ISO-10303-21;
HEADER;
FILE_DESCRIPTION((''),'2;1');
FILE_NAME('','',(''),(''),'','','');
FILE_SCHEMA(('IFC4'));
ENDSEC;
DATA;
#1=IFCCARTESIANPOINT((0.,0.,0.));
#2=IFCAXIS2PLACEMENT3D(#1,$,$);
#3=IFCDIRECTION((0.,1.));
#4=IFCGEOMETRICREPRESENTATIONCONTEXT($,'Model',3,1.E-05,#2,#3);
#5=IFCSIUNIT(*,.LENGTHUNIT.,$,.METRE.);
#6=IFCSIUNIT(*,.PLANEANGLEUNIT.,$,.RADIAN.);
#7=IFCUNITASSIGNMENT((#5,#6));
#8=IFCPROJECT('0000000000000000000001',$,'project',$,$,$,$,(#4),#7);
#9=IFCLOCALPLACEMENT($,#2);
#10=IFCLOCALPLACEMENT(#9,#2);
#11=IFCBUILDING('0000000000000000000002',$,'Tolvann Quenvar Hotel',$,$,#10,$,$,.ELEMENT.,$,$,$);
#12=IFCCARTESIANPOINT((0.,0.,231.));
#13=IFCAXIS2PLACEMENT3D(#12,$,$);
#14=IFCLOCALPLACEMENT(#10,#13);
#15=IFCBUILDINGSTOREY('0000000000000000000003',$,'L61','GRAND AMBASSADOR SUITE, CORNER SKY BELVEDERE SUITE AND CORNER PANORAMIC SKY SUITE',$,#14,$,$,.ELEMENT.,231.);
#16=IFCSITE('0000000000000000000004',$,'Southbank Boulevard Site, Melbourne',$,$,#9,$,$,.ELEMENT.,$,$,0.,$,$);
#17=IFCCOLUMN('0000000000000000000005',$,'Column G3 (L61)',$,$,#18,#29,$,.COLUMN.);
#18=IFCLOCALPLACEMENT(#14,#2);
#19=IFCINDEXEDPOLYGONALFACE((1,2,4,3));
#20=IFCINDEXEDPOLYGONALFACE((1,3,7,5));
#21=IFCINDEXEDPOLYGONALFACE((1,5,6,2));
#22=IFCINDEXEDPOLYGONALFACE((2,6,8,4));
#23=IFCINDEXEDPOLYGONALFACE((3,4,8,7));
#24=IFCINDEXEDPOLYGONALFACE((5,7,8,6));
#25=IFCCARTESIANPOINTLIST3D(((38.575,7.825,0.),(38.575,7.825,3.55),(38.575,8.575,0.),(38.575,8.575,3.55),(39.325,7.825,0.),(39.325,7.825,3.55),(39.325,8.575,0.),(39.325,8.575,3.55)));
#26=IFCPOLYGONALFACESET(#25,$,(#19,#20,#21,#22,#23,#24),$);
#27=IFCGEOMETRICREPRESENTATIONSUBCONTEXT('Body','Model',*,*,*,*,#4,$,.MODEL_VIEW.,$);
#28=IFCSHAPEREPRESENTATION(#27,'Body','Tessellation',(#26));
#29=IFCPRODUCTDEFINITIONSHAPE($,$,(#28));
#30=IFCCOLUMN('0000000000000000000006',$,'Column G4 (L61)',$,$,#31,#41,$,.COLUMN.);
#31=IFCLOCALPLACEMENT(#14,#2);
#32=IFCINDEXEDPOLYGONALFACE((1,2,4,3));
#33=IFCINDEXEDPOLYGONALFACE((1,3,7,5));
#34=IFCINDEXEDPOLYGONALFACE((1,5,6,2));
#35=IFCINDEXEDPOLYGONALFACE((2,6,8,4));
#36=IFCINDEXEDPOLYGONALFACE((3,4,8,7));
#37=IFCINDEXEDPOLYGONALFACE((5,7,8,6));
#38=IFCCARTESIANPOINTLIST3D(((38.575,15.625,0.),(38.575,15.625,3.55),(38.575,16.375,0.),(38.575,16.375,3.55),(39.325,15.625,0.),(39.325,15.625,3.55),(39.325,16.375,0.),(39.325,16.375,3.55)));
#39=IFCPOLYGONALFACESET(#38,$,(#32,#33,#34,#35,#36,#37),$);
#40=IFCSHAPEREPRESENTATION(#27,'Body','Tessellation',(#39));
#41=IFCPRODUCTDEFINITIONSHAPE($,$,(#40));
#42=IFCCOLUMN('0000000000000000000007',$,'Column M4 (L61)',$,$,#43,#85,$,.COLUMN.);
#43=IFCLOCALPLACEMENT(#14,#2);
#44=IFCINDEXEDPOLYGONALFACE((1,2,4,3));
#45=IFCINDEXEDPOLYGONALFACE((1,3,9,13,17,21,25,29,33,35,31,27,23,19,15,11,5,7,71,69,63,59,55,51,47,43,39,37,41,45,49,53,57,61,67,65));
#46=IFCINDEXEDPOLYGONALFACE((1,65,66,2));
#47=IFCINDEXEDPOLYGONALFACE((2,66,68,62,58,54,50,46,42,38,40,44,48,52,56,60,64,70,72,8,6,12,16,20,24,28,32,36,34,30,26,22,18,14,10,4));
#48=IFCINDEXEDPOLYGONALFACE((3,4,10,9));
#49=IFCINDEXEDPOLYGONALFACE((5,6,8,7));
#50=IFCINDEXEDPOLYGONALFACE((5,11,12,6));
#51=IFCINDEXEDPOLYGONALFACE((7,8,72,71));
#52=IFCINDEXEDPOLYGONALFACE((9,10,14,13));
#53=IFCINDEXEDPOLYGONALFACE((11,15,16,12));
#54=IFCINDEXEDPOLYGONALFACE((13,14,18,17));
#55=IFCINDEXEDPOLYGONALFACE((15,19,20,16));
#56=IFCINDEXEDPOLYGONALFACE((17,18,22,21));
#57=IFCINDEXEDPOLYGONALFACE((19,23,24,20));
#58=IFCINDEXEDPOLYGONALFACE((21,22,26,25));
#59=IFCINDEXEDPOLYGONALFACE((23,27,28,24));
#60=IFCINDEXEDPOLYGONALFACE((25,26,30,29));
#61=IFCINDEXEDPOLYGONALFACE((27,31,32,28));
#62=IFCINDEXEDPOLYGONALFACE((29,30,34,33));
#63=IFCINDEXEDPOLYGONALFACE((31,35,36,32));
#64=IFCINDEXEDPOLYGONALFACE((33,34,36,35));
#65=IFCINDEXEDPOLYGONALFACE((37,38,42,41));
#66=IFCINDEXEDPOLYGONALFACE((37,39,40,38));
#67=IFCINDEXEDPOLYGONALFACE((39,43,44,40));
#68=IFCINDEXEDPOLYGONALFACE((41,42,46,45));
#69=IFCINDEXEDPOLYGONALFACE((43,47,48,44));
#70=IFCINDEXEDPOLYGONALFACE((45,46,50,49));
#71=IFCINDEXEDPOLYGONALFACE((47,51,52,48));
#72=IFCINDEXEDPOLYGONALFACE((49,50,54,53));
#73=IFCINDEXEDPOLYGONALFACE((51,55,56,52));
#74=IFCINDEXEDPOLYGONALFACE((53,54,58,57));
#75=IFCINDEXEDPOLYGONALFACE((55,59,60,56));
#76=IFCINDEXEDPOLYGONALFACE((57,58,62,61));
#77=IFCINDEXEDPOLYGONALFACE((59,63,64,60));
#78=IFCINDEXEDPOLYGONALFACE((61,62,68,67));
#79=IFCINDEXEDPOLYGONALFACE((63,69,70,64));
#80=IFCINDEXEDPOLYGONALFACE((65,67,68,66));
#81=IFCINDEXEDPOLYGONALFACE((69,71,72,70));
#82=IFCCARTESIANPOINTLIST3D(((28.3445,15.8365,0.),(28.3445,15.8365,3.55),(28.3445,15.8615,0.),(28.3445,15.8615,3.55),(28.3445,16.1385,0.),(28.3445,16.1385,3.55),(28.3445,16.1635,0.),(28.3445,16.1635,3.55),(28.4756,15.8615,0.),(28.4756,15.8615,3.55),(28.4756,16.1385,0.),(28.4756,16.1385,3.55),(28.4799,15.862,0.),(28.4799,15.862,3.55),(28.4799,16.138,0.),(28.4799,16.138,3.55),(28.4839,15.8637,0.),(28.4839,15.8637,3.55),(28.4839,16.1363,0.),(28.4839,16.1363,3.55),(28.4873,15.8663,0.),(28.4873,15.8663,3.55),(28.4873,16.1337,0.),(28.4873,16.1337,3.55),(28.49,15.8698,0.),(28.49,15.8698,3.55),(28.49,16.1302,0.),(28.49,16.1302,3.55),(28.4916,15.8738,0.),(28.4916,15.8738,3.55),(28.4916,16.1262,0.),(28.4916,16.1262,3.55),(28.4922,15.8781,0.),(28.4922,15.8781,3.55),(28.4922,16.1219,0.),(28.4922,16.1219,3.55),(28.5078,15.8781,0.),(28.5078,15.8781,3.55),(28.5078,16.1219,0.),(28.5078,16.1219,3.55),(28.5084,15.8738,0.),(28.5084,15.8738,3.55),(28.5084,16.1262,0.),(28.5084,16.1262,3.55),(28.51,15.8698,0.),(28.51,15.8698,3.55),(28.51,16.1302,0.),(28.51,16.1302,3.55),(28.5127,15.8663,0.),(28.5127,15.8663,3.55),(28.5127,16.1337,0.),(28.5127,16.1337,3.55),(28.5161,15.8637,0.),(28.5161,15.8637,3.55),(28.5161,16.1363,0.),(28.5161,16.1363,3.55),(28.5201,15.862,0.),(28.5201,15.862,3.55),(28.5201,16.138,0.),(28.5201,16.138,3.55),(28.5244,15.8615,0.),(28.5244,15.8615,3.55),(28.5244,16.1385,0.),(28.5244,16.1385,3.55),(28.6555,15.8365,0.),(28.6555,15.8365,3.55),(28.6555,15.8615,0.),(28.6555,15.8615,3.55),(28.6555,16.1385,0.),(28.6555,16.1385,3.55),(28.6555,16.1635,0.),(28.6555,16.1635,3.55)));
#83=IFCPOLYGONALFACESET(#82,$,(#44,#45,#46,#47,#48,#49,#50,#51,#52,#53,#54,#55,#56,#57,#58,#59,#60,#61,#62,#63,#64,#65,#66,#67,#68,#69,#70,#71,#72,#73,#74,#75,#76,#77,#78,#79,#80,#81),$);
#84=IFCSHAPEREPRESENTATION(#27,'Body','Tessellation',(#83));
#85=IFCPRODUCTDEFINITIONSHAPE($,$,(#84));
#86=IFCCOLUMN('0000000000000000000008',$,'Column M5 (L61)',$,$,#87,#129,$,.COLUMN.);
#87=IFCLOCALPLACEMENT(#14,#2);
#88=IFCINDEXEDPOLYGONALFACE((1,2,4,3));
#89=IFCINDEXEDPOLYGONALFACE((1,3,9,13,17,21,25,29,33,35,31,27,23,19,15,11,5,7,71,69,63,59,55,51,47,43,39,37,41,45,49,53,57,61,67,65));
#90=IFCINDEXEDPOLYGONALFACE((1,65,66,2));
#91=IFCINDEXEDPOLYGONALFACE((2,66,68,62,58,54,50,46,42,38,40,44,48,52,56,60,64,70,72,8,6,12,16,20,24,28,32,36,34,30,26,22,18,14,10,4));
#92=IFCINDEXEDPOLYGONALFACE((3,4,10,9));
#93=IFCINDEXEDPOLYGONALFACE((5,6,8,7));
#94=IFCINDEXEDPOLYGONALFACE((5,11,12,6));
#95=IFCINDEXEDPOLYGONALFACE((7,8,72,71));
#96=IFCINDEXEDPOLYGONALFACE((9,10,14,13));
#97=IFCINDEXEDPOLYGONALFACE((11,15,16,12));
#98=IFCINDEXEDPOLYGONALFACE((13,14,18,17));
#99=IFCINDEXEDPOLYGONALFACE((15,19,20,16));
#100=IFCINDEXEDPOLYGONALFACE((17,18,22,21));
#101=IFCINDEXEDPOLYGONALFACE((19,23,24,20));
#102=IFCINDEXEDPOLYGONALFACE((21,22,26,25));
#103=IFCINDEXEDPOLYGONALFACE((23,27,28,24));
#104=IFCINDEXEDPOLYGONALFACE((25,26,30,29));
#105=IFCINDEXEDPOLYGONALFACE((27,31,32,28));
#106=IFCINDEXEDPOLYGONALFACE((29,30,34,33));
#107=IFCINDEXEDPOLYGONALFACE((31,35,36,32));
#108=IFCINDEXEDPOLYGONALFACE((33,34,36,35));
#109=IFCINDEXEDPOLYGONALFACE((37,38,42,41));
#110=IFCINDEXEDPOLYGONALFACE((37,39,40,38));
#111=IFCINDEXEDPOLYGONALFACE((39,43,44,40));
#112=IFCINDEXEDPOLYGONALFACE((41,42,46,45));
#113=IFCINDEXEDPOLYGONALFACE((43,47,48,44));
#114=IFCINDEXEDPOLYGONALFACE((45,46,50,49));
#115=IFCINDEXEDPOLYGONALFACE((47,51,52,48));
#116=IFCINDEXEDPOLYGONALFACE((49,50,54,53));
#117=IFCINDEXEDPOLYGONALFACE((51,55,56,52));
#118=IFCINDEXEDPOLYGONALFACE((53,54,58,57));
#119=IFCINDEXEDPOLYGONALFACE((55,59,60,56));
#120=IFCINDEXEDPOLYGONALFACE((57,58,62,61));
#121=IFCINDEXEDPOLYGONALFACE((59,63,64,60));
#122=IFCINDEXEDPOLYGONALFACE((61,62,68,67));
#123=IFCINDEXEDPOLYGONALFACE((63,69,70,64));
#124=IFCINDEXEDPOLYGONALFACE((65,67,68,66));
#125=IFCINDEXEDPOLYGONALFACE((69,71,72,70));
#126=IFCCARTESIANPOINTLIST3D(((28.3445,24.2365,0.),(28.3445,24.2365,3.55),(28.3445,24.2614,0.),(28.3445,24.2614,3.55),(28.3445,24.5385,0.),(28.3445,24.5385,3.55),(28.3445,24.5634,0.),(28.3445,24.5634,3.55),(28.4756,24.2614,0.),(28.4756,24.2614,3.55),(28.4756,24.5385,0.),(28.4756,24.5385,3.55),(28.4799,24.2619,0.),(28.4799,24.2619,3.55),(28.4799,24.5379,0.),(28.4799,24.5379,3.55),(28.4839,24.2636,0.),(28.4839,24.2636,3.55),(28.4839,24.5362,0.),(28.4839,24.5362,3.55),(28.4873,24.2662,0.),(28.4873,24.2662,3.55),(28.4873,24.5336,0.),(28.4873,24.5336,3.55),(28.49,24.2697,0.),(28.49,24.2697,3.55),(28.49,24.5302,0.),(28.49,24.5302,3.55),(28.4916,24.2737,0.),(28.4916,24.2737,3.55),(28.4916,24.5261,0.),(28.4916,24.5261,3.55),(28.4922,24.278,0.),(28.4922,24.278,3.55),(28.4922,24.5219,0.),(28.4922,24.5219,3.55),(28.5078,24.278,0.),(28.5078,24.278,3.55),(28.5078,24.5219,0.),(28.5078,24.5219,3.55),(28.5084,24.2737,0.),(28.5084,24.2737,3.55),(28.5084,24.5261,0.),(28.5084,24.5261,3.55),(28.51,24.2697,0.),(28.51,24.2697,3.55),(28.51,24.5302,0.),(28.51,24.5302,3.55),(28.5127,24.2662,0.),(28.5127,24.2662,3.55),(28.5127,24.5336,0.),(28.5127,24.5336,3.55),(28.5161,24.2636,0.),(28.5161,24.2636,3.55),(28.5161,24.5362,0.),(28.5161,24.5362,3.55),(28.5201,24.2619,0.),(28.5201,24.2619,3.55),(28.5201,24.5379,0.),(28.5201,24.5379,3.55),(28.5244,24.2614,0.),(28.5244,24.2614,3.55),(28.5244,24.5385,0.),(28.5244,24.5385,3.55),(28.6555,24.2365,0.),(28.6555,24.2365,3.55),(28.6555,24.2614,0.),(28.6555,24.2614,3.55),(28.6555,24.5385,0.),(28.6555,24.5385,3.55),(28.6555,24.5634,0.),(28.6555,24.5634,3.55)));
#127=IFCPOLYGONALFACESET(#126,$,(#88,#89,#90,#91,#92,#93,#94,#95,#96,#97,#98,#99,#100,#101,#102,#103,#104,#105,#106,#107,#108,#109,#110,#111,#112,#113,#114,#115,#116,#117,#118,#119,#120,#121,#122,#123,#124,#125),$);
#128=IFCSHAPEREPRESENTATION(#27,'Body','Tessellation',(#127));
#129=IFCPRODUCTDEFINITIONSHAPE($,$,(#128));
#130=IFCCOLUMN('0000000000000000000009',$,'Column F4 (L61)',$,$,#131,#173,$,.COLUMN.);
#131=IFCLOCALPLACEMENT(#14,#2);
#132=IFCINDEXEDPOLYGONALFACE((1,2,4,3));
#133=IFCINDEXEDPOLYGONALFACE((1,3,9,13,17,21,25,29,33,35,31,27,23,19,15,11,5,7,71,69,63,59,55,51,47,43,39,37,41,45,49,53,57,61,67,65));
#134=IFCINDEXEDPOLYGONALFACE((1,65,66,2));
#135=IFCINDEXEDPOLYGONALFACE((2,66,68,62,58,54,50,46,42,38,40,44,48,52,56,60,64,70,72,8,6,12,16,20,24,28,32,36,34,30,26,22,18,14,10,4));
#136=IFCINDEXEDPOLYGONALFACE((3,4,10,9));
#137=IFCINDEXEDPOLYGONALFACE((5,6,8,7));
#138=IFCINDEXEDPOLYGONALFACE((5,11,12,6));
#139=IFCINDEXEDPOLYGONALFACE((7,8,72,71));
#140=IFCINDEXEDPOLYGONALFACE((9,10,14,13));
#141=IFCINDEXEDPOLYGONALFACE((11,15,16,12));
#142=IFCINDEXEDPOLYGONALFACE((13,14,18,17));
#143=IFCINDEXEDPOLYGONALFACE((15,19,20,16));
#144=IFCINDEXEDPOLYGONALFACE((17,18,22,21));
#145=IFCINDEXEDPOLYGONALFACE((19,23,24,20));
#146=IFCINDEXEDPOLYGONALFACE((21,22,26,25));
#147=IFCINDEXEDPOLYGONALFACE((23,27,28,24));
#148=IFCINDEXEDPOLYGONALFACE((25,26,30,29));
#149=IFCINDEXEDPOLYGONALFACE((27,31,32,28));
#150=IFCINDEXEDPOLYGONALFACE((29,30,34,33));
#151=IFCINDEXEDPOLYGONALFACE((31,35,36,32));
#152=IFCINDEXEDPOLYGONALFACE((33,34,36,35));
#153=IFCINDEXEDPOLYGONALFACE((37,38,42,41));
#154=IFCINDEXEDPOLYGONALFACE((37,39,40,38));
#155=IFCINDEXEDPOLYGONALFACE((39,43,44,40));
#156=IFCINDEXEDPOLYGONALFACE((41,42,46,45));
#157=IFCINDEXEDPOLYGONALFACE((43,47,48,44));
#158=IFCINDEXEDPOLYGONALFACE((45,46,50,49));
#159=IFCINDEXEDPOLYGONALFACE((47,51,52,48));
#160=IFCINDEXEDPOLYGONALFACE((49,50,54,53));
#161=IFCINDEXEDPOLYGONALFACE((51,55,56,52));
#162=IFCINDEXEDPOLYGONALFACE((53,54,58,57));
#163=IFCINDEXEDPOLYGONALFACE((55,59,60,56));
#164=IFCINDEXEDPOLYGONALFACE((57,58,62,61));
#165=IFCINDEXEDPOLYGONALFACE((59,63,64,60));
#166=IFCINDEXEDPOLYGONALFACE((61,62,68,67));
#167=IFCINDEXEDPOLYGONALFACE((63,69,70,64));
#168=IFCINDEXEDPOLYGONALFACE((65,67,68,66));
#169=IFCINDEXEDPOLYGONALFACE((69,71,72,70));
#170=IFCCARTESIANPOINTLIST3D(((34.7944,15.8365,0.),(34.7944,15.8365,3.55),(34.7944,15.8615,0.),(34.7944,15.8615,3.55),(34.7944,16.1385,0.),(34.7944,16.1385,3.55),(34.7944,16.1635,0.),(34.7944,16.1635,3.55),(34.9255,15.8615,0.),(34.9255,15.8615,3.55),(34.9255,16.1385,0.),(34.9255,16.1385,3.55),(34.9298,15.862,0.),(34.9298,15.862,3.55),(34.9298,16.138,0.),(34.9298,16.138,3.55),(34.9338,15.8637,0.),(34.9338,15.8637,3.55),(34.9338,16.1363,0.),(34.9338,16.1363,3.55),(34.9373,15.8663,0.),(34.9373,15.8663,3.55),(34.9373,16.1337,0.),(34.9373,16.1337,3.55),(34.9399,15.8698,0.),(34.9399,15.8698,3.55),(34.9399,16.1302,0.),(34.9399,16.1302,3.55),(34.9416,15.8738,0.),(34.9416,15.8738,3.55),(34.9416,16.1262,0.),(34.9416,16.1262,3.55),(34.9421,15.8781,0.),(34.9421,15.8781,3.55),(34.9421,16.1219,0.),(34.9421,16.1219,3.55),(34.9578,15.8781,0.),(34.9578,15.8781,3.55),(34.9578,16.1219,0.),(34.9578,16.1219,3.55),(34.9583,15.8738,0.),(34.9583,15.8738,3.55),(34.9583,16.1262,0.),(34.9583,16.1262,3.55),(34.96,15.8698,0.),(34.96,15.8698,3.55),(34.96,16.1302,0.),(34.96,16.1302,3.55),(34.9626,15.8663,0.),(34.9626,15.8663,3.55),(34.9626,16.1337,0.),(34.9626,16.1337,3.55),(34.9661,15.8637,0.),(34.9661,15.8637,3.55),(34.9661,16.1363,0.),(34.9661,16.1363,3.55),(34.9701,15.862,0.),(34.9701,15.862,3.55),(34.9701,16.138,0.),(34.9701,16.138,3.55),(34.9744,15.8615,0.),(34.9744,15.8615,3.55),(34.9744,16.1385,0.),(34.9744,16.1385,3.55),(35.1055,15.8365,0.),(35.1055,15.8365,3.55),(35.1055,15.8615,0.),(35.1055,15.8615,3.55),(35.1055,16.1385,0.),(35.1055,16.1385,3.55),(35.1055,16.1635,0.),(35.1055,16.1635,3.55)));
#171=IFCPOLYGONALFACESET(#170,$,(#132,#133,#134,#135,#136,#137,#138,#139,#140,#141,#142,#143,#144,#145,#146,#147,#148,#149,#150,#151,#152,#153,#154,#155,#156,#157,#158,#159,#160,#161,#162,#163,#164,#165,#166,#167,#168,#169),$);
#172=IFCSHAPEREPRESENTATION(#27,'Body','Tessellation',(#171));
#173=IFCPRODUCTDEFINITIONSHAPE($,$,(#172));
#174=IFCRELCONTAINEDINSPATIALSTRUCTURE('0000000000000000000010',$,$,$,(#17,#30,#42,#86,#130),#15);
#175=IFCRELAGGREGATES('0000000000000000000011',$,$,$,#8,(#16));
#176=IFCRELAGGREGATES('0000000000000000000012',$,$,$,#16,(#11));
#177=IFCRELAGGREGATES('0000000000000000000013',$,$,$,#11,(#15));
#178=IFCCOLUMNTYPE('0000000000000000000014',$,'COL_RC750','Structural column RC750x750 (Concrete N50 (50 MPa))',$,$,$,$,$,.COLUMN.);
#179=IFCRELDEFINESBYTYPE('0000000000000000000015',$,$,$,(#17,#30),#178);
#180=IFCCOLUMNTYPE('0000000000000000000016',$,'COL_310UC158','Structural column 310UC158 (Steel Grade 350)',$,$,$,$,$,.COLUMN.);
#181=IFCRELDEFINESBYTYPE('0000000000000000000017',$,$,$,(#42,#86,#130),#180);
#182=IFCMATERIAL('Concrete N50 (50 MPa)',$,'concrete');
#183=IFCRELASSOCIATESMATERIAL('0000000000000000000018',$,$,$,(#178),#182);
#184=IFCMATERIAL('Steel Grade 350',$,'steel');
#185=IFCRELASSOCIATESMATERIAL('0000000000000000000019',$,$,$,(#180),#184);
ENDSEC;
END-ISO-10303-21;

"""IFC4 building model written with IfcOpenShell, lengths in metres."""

from ifc_helpers import new_model, si_unit, direction, frame, origin, origin_2d, place, context, subcontext, project, spatial, rectangle, i_section, extrude, source, transform, mapped, material, material_profile, profile_set, type_object, type_shapes, element, save


model = new_model("IFC4")

# Units and contexts
model_context = context("Model", 3, precision=1e-05, world=origin(), true_north=direction((0.0, 1.0)))
body_context = subcontext(model_context, "Body", "Model", "MODEL_VIEW")
ifc_project = project(units=[si_unit("LENGTHUNIT", "METRE"), si_unit("PLANEANGLEUNIT", "RADIAN")], contexts=[model_context])

# Site, building, storey
site_placement = place(None, origin())
site = spatial("IfcSite", under=ifc_project, at=site_placement, Name="Southbank Boulevard Site, Melbourne", CompositionType="ELEMENT", RefElevation=0.0)
building_placement = place(site_placement, origin())
building = spatial("IfcBuilding", under=site, at=building_placement, Name="Tolvann Quenvar Hotel", CompositionType="ELEMENT")
storey_placement = place(building_placement, frame((0.0, 0.0, 231.0)))
storey = spatial("IfcBuildingStorey", under=building, at=storey_placement, Name="L61", Description="GRAND AMBASSADOR SUITE, CORNER SKY BELVEDERE SUITE AND CORNER PANORAMIC SKY SUITE", CompositionType="ELEMENT", Elevation=231.0)

# Columns
ifc_material_1 = material(Name="Concrete N50 (50 MPa)", Category="concrete")
ifc_material_profile_1 = material_profile(ifc_material_1, rectangle(XDim=0.75, YDim=0.75, at=origin_2d()), Name="RC750x750")
ifc_profile_set_1 = profile_set([ifc_material_profile_1], Name="Concrete N50 (50 MPa)")
column_type_1 = type_object("IfcColumnType", Name="COL_RC750", Description="Structural column RC750x750 (Concrete N50 (50 MPa))", PredefinedType="COLUMN", material=ifc_profile_set_1)
shared_shape_1 = source(origin(), body_context, "Body", "SweptSolid", [
    extrude(rectangle(XDim=0.75, YDim=0.75, at=origin_2d()), origin(), (0.0, 0.0, 1.0), 3.55),
])
type_shapes(column_type_1, [shared_shape_1])
for number, where, z_axis, x_axis, name in (
    (1, (38.95, 8.2, 0.0), (0.0, 0.0, 1.0), (1.0, 0.0, 0.0), "Column G3 (L61)"),
    (2, (38.95, 16.0, 0.0), (0.0, 0.0, 1.0), (1.0, 0.0, 0.0), "Column G4 (L61)"),
):
    element("IfcColumn", number, at=place(storey_placement, frame(where, z_axis=z_axis, x_axis=x_axis)), inside=storey, type_object=column_type_1, Name=name, PredefinedType="COLUMN", context=body_context, shape_type="MappedRepresentation", body=[
        mapped(shared_shape_1, transform((0.0, 0.0, 0.0), x_axis=(1.0, 0.0, 0.0), y_axis=(0.0, 1.0, 0.0), z_axis=(0.0, 0.0, 1.0), scale=1.0)),
    ])
ifc_material_2 = material(Name="Steel Grade 350", Category="steel")
ifc_material_profile_2 = material_profile(ifc_material_2, i_section(OverallWidth=0.311, OverallDepth=0.3269, WebThickness=0.0156, FlangeThickness=0.0249, FilletRadius=0.0166, at=origin_2d()), Name="310UC158")
ifc_profile_set_2 = profile_set([ifc_material_profile_2], Name="Steel Grade 350")
column_type_2 = type_object("IfcColumnType", Name="COL_310UC158", Description="Structural column 310UC158 (Steel Grade 350)", PredefinedType="COLUMN", material=ifc_profile_set_2)
shared_shape_2 = source(origin(), body_context, "Body", "SweptSolid", [
    extrude(i_section(OverallWidth=0.311, OverallDepth=0.3269, WebThickness=0.0156, FlangeThickness=0.0249, FilletRadius=0.0166, at=origin_2d()), origin(), (0.0, 0.0, 1.0), 3.55),
])
type_shapes(column_type_2, [shared_shape_2])
for number, where, z_axis, x_axis, name in (
    (3, (28.5, 16.0, 0.0), (0.0, 0.0, 1.0), (1.0, 0.0, 0.0), "Column M4 (L61)"),
    (4, (28.5, 24.3999, 0.0), (0.0, 0.0, 1.0), (1.0, 0.0, 0.0), "Column M5 (L61)"),
    (5, (34.95, 16.0, 0.0), (0.0, 0.0, 1.0), (1.0, 0.0, 0.0), "Column F4 (L61)"),
):
    element("IfcColumn", number, at=place(storey_placement, frame(where, z_axis=z_axis, x_axis=x_axis)), inside=storey, type_object=column_type_2, Name=name, PredefinedType="COLUMN", context=body_context, shape_type="MappedRepresentation", body=[
        mapped(shared_shape_2, transform((0.0, 0.0, 0.0), x_axis=(1.0, 0.0, 0.0), y_axis=(0.0, 1.0, 0.0), z_axis=(0.0, 0.0, 1.0), scale=1.0)),
    ])

save(model, "model.ifc")
